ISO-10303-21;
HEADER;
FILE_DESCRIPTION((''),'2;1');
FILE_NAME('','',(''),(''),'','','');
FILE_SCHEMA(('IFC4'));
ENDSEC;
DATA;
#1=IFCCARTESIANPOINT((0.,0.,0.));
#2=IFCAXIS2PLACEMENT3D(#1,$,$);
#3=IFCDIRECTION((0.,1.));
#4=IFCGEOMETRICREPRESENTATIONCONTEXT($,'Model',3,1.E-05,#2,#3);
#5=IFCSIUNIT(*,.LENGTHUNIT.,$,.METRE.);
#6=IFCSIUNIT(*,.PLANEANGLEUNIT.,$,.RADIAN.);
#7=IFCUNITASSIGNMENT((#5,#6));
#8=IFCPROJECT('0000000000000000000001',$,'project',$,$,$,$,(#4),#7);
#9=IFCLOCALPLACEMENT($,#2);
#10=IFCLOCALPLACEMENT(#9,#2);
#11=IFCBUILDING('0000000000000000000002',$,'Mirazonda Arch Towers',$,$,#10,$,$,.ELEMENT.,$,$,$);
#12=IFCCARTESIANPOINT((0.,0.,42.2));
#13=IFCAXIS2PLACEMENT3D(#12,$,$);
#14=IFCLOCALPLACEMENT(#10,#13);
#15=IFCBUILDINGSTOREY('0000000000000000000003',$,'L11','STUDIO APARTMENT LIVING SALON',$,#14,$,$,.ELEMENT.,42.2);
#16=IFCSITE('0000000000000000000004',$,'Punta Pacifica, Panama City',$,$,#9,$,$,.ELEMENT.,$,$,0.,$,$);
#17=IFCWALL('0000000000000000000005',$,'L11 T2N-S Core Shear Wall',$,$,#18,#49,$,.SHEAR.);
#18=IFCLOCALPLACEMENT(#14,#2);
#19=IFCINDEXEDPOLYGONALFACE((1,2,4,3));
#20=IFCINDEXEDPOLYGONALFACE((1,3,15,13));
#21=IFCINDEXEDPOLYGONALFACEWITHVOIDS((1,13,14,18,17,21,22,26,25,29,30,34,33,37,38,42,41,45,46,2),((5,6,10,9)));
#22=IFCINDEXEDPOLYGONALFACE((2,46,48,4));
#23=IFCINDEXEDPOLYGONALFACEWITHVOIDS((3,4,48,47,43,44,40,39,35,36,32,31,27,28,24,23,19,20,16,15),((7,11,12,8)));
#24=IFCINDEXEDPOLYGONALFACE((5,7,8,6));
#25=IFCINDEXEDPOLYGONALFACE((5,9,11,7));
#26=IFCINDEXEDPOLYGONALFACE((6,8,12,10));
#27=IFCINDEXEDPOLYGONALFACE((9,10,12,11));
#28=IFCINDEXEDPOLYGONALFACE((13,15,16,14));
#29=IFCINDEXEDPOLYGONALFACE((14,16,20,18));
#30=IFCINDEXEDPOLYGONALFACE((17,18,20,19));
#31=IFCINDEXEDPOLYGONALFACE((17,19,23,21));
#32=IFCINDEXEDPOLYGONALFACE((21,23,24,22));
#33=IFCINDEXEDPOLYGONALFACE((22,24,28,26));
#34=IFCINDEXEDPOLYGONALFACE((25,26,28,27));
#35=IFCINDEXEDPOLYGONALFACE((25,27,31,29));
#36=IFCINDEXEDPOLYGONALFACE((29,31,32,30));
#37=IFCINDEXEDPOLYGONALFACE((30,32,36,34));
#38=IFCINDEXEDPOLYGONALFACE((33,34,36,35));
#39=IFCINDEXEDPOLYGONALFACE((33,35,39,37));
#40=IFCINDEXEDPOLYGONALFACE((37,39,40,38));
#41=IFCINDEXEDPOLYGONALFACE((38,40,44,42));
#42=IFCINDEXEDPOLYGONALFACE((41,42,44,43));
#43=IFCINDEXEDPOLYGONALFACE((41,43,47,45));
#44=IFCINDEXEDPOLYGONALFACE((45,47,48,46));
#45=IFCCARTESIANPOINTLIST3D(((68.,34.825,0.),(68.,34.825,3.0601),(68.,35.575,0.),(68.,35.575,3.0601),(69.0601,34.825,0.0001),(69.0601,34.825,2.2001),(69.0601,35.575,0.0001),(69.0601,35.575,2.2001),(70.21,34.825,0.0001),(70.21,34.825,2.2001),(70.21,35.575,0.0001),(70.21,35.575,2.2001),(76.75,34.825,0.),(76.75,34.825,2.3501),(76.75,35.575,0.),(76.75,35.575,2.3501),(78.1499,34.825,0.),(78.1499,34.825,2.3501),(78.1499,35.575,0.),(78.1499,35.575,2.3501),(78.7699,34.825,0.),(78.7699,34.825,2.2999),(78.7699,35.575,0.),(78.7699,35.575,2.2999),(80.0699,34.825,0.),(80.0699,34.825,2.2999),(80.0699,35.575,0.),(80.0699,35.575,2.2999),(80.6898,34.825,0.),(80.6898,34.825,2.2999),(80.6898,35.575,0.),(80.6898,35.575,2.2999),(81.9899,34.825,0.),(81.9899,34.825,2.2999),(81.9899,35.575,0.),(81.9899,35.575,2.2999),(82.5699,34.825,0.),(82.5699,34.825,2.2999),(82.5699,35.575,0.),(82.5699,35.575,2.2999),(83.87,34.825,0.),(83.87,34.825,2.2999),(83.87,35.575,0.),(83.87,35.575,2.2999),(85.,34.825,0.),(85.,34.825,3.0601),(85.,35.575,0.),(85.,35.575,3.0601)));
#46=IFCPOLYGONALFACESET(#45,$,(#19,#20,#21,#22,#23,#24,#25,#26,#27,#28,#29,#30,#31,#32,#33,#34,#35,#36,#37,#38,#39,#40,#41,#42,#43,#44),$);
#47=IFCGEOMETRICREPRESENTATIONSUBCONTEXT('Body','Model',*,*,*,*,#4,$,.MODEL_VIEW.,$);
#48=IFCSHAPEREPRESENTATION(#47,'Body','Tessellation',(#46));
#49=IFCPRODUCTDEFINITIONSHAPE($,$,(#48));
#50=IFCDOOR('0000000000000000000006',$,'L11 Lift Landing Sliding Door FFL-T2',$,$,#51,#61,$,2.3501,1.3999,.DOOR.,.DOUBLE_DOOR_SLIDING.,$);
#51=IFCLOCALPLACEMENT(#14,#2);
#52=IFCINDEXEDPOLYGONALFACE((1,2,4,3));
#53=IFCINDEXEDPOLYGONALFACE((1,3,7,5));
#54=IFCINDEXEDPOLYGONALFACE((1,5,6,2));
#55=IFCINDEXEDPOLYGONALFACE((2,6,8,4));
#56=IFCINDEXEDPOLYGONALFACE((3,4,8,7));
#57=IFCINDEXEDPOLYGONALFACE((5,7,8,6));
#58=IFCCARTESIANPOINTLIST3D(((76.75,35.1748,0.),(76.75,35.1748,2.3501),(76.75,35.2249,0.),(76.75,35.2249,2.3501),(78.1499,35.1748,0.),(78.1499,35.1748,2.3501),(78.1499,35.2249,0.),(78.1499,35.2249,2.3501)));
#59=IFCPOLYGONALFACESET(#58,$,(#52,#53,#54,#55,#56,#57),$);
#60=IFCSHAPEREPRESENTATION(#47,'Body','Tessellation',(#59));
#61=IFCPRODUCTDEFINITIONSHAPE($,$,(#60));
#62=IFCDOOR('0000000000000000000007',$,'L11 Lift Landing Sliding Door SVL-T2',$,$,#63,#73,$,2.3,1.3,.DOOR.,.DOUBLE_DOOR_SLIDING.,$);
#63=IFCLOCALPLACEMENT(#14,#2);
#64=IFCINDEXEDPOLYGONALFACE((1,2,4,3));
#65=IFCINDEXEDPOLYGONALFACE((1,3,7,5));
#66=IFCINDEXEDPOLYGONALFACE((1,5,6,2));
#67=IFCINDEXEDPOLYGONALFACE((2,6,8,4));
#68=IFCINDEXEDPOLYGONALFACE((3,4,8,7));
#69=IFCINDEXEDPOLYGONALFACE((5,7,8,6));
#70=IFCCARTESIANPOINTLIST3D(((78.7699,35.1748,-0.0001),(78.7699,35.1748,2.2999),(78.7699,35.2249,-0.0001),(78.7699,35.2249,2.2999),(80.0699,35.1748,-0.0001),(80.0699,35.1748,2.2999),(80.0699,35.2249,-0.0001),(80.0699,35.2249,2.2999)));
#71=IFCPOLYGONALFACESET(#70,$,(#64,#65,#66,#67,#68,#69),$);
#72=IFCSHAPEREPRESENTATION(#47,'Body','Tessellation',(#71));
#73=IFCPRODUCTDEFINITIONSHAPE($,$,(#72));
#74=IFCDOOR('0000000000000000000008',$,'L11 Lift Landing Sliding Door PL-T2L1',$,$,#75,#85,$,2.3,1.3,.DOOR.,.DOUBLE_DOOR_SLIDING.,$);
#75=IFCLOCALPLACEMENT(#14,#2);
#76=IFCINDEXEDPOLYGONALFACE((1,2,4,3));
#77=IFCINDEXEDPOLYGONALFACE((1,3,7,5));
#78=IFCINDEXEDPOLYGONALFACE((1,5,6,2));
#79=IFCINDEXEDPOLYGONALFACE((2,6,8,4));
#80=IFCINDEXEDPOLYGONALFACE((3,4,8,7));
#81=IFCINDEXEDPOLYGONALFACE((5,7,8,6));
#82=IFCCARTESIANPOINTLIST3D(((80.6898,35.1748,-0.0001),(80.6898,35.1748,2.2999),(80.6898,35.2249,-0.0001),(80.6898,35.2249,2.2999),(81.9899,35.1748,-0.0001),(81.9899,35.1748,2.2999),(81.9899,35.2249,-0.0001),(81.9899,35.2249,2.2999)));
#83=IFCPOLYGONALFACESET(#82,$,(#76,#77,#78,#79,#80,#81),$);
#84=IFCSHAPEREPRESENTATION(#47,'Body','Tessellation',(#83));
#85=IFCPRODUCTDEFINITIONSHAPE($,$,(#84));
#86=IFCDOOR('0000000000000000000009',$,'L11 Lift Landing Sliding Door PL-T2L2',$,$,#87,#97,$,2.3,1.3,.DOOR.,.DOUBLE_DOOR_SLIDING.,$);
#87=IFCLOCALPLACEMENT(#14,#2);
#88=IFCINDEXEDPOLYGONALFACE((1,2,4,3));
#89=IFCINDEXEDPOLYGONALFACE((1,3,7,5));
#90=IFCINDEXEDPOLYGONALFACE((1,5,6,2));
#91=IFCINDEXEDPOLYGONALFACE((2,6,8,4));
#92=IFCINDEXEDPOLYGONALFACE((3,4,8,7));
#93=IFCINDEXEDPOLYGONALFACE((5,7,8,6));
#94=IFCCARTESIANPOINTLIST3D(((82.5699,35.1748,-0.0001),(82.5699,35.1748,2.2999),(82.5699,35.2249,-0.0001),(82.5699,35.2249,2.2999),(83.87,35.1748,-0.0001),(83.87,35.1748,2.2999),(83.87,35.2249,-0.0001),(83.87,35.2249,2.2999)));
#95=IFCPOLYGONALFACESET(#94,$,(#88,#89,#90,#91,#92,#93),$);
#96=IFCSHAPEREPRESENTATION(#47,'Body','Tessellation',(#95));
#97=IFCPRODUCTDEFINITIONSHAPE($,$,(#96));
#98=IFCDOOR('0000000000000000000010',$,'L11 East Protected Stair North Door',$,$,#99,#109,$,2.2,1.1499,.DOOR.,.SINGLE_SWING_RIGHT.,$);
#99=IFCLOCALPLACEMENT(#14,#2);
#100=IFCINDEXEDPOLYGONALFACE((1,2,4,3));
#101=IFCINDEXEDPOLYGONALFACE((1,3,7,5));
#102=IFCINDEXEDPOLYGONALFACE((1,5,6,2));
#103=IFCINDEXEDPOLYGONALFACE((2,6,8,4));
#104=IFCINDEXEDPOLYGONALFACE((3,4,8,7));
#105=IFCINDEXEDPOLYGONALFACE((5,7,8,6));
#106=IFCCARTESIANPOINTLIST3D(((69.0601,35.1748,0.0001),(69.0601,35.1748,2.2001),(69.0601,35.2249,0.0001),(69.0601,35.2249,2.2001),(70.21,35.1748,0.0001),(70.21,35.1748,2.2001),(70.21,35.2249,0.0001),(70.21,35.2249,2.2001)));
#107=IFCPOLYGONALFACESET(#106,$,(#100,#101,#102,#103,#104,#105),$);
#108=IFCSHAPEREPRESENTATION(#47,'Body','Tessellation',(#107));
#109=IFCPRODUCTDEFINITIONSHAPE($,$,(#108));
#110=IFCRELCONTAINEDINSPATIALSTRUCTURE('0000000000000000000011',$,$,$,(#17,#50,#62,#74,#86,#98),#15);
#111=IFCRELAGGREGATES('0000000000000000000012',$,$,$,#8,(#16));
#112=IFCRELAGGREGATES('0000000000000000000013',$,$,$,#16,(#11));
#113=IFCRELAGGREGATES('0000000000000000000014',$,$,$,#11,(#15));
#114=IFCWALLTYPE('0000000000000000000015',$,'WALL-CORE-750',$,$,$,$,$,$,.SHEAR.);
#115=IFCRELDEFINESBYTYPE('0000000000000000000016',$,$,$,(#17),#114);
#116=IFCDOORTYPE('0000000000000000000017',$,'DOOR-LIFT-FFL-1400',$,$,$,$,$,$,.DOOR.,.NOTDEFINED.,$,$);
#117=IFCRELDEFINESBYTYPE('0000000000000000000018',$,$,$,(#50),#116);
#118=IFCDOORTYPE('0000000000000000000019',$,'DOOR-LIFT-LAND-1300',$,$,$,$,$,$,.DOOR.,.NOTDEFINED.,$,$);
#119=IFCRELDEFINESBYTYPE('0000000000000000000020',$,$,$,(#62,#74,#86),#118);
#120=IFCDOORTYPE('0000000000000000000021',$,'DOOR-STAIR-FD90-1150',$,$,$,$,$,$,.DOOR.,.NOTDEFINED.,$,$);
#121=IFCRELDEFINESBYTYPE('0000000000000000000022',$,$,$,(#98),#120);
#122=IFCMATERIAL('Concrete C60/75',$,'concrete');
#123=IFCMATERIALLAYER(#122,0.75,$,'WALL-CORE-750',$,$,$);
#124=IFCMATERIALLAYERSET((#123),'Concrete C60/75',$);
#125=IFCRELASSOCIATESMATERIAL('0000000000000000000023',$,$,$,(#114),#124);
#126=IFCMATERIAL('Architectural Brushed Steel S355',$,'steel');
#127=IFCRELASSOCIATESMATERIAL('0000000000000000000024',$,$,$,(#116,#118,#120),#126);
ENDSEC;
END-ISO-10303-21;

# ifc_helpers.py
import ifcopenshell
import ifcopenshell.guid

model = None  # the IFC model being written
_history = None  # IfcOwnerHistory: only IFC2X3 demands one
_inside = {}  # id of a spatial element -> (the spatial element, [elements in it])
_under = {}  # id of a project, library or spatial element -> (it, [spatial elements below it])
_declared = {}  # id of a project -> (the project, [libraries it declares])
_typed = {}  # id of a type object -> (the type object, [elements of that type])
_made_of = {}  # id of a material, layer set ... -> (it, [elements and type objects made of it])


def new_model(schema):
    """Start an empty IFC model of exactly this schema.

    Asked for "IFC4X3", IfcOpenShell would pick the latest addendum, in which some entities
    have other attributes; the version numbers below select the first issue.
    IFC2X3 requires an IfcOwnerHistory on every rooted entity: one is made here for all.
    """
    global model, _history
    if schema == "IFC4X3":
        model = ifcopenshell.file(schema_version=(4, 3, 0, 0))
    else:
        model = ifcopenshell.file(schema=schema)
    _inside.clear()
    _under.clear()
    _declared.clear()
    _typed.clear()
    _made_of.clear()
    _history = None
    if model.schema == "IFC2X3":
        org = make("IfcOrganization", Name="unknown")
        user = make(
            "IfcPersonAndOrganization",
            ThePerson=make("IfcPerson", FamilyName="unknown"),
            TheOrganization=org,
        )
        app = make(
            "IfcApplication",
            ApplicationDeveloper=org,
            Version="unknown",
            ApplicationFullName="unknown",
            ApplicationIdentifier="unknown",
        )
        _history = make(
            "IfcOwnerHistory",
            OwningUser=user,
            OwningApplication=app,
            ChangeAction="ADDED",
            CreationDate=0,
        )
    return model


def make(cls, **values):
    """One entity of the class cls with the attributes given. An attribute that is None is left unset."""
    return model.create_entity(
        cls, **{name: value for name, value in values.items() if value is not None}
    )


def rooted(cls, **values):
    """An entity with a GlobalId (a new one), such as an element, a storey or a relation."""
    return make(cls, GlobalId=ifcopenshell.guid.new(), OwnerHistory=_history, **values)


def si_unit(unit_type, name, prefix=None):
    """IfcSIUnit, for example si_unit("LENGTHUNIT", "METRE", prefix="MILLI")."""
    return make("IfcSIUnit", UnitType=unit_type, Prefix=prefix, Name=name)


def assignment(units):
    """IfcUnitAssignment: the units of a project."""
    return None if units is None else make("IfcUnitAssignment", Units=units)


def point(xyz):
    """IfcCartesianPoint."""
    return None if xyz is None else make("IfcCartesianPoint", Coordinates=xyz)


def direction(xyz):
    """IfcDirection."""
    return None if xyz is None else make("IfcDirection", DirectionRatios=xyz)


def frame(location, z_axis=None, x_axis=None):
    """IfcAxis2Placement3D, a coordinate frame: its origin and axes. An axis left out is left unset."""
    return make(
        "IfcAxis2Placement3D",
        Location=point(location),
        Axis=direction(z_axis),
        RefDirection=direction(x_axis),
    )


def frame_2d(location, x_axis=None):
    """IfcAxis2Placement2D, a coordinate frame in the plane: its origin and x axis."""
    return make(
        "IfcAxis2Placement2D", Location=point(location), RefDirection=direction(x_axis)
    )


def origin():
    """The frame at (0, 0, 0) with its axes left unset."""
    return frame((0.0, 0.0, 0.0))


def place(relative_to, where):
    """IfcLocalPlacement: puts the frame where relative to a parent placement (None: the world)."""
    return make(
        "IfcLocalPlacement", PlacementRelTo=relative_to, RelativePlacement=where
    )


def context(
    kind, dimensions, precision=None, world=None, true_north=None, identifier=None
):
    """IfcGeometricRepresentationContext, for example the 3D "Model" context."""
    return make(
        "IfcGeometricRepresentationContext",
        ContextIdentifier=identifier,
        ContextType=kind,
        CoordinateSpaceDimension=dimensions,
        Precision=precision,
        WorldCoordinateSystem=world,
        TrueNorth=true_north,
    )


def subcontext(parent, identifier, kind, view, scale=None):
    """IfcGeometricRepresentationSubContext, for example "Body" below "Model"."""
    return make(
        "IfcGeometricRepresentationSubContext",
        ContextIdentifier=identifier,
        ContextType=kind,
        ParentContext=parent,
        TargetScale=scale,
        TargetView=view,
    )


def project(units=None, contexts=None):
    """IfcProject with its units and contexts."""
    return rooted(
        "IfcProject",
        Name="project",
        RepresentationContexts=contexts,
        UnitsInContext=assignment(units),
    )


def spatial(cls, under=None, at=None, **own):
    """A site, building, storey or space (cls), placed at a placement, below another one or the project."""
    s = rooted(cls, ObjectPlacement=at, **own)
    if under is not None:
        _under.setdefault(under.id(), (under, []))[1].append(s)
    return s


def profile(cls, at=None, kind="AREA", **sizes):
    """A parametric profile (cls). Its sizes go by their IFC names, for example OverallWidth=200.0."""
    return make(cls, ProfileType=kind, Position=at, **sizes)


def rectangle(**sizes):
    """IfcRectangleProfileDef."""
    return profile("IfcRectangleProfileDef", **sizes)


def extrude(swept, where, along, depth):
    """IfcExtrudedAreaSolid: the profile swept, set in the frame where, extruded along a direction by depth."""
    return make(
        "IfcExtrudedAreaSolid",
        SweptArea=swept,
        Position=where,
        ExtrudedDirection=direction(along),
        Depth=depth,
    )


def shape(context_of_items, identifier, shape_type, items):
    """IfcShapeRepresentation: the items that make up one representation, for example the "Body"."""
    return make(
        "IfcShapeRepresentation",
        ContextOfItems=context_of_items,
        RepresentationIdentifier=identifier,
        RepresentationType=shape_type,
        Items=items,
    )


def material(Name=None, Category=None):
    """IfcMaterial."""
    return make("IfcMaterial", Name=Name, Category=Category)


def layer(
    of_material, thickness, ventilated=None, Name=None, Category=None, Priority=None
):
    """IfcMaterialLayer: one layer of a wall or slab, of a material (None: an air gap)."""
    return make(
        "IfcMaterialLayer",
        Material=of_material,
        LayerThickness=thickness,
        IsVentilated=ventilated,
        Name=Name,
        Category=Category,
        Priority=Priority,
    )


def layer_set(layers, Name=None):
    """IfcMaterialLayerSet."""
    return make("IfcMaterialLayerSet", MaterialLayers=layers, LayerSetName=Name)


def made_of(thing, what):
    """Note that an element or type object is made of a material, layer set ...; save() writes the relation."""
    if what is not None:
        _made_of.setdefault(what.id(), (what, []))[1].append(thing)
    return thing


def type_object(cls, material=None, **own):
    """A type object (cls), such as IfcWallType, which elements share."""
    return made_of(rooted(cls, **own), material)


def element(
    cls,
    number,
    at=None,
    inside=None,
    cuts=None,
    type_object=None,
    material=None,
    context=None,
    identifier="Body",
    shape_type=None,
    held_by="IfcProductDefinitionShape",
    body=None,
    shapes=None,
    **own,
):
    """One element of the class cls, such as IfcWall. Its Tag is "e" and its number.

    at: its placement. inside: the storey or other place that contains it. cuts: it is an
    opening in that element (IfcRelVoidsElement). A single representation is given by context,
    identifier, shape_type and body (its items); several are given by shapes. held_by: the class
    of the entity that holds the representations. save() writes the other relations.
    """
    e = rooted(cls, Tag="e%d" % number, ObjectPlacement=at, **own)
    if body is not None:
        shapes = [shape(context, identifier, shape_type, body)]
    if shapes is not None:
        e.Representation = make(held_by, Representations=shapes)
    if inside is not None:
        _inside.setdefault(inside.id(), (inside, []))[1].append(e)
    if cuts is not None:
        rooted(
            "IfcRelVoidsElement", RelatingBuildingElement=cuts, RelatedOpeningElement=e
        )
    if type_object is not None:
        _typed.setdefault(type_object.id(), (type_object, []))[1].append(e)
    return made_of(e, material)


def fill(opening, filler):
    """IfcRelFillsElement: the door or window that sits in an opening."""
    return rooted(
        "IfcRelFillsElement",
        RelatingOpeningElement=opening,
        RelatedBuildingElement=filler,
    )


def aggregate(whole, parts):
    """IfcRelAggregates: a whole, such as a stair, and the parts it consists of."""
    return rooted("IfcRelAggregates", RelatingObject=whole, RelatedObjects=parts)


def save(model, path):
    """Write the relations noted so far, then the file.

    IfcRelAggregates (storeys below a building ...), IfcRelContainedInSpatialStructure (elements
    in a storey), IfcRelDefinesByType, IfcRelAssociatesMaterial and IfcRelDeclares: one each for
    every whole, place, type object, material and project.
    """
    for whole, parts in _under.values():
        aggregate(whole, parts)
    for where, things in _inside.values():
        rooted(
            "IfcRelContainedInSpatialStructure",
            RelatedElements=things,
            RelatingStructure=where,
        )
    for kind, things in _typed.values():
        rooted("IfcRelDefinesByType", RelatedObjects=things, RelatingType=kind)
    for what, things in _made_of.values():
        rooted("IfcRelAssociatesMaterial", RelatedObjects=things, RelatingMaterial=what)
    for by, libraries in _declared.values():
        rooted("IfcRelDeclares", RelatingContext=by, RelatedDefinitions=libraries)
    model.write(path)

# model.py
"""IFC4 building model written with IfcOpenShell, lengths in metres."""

from ifc_helpers import new_model, si_unit, direction, frame, frame_2d, origin, place, context, subcontext, project, spatial, rectangle, extrude, material, layer, layer_set, type_object, element, fill, save


model = new_model("IFC4")

# Units and contexts
model_context = context("Model", 3, precision=1e-05, world=origin(), true_north=direction((0.0, 1.0)))
body_context = subcontext(model_context, "Body", "Model", "MODEL_VIEW")
ifc_project = project(units=[si_unit("LENGTHUNIT", "METRE"), si_unit("PLANEANGLEUNIT", "RADIAN")], contexts=[model_context])

# Site, building, storey
site_placement = place(None, origin())
site = spatial("IfcSite", under=ifc_project, at=site_placement, Name="Punta Pacifica, Panama City", CompositionType="ELEMENT", RefElevation=0.0)
building_placement = place(site_placement, origin())
building = spatial("IfcBuilding", under=site, at=building_placement, Name="Mirazonda Arch Towers", CompositionType="ELEMENT")
storey_placement = place(building_placement, frame((0.0, 0.0, 42.2)))
storey = spatial("IfcBuildingStorey", under=building, at=storey_placement, Name="L11", Description="STUDIO APARTMENT LIVING SALON", CompositionType="ELEMENT", Elevation=42.2)

# Shared definitions
ifc_material_1 = material(Name="Concrete C60/75", Category="concrete")

# Shared definitions
ifc_layer_1 = layer(ifc_material_1, 0.75, Name="WALL-CORE-750")
ifc_layer_set_1 = layer_set([ifc_layer_1], Name="Concrete C60/75")
wall_type_1 = type_object("IfcWallType", Name="WALL-CORE-750", PredefinedType="SHEAR", material=ifc_layer_set_1)

# Wall, openings, doors
wall_1_placement = place(storey_placement, frame((68.0, 35.2, 0.0), z_axis=(0.0, 0.0, 1.0), x_axis=(1.0, 0.0, 0.0)))
wall_1 = element("IfcWall", 1, at=wall_1_placement, inside=storey, type_object=wall_type_1, Name="L11 T2N-S Core Shear Wall", PredefinedType="SHEAR", context=body_context, shape_type="SweptSolid", body=[
    extrude(rectangle(XDim=17.0, YDim=0.75, at=frame_2d((8.5, 0.0))), origin(), (0.0, 0.0, 1.0), 3.0601),
])
opening_1_placement = place(wall_1_placement, frame((1.0601, 0.0, 0.0)))
opening_1 = element("IfcOpeningElement", 2, at=opening_1_placement, cuts=wall_1, PredefinedType="OPENING", context=body_context, shape_type="SweptSolid", body=[
    extrude(rectangle(XDim=1.1499, YDim=2.2, at=frame_2d((0.575, 1.1001))), frame((0.0, 0.385, 0.0), z_axis=(0.0, -1.0, 0.0), x_axis=(1.0, 0.0, 0.0)), (0.0, 0.0, 1.0), 0.77),
])
opening_2_placement = place(wall_1_placement, frame((8.75, 0.0, 0.0)))
opening_2 = element("IfcOpeningElement", 3, at=opening_2_placement, cuts=wall_1, PredefinedType="OPENING", context=body_context, shape_type="SweptSolid", body=[
    extrude(rectangle(XDim=1.3999, YDim=2.3501, at=frame_2d((0.7, 1.175))), frame((0.0, 0.385, 0.0), z_axis=(0.0, -1.0, 0.0), x_axis=(1.0, 0.0, 0.0)), (0.0, 0.0, 1.0), 0.77),
])
opening_3_placement = place(wall_1_placement, frame((10.77, 0.0, 0.0)))
opening_3 = element("IfcOpeningElement", 4, at=opening_3_placement, cuts=wall_1, PredefinedType="OPENING", context=body_context, shape_type="SweptSolid", body=[
    extrude(rectangle(XDim=1.3, YDim=2.3, at=frame_2d((0.6499, 1.1499))), frame((0.0, 0.385, 0.0), z_axis=(0.0, -1.0, 0.0), x_axis=(1.0, 0.0, 0.0)), (0.0, 0.0, 1.0), 0.77),
])
opening_4_placement = place(wall_1_placement, frame((12.6899, 0.0, 0.0)))
opening_4 = element("IfcOpeningElement", 5, at=opening_4_placement, cuts=wall_1, PredefinedType="OPENING", context=body_context, shape_type="SweptSolid", body=[
    extrude(rectangle(XDim=1.3, YDim=2.3, at=frame_2d((0.6499, 1.1499))), frame((0.0, 0.385, 0.0), z_axis=(0.0, -1.0, 0.0), x_axis=(1.0, 0.0, 0.0)), (0.0, 0.0, 1.0), 0.77),
])
opening_5_placement = place(wall_1_placement, frame((14.5701, 0.0, 0.0)))
opening_5 = element("IfcOpeningElement", 6, at=opening_5_placement, cuts=wall_1, PredefinedType="OPENING", context=body_context, shape_type="SweptSolid", body=[
    extrude(rectangle(XDim=1.3, YDim=2.3, at=frame_2d((0.6499, 1.1499))), frame((0.0, 0.385, 0.0), z_axis=(0.0, -1.0, 0.0), x_axis=(1.0, 0.0, 0.0)), (0.0, 0.0, 1.0), 0.77),
])
ifc_material_2 = material(Name="Architectural Brushed Steel S355", Category="steel")
door_type_1 = type_object("IfcDoorType", Name="DOOR-LIFT-FFL-1400", OperationType="NOTDEFINED", PredefinedType="DOOR", material=ifc_material_2)
door_1_placement = place(opening_2_placement, origin())
door_1 = element("IfcDoor", 7, at=door_1_placement, inside=storey, type_object=door_type_1, Name="L11 Lift Landing Sliding Door FFL-T2", OperationType="DOUBLE_DOOR_SLIDING", OverallHeight=2.3501, OverallWidth=1.3999, PredefinedType="DOOR", context=body_context, shape_type="SweptSolid", body=[
    extrude(rectangle(XDim=1.3999, YDim=2.3501, at=frame_2d((0.7, 1.175))), frame((0.0, 0.0249, 0.0), z_axis=(0.0, -1.0, 0.0), x_axis=(1.0, 0.0, 0.0)), (0.0, 0.0, 1.0), 0.05),
])
fill(opening_2, door_1)
door_type_2 = type_object("IfcDoorType", Name="DOOR-LIFT-LAND-1300", OperationType="NOTDEFINED", PredefinedType="DOOR", material=ifc_material_2)
door_2_placement = place(opening_3_placement, origin())
door_2 = element("IfcDoor", 8, at=door_2_placement, inside=storey, type_object=door_type_2, Name="L11 Lift Landing Sliding Door SVL-T2", OperationType="DOUBLE_DOOR_SLIDING", OverallHeight=2.3, OverallWidth=1.3, PredefinedType="DOOR", context=body_context, shape_type="SweptSolid", body=[
    extrude(rectangle(XDim=1.3, YDim=2.3, at=frame_2d((0.6499, 1.1499))), frame((0.0, 0.0249, 0.0), z_axis=(0.0, -1.0, 0.0), x_axis=(1.0, 0.0, 0.0)), (0.0, 0.0, 1.0), 0.05),
])
fill(opening_3, door_2)
door_3_placement = place(opening_4_placement, origin())
door_3 = element("IfcDoor", 9, at=door_3_placement, inside=storey, type_object=door_type_2, Name="L11 Lift Landing Sliding Door PL-T2L1", OperationType="DOUBLE_DOOR_SLIDING", OverallHeight=2.3, OverallWidth=1.3, PredefinedType="DOOR", context=body_context, shape_type="SweptSolid", body=[
    extrude(rectangle(XDim=1.3, YDim=2.3, at=frame_2d((0.6499, 1.1499))), frame((0.0, 0.0249, 0.0), z_axis=(0.0, -1.0, 0.0), x_axis=(1.0, 0.0, 0.0)), (0.0, 0.0, 1.0), 0.05),
])
fill(opening_4, door_3)
door_4_placement = place(opening_5_placement, origin())
door_4 = element("IfcDoor", 10, at=door_4_placement, inside=storey, type_object=door_type_2, Name="L11 Lift Landing Sliding Door PL-T2L2", OperationType="DOUBLE_DOOR_SLIDING", OverallHeight=2.3, OverallWidth=1.3, PredefinedType="DOOR", context=body_context, shape_type="SweptSolid", body=[
    extrude(rectangle(XDim=1.3, YDim=2.3, at=frame_2d((0.6499, 1.1499))), frame((0.0, 0.0249, 0.0), z_axis=(0.0, -1.0, 0.0), x_axis=(1.0, 0.0, 0.0)), (0.0, 0.0, 1.0), 0.05),
])
fill(opening_5, door_4)
door_type_3 = type_object("IfcDoorType", Name="DOOR-STAIR-FD90-1150", OperationType="NOTDEFINED", PredefinedType="DOOR", material=ifc_material_2)
door_5_placement = place(opening_1_placement, origin())
door_5 = element("IfcDoor", 11, at=door_5_placement, inside=storey, type_object=door_type_3, Name="L11 East Protected Stair North Door", OperationType="SINGLE_SWING_RIGHT", OverallHeight=2.2, OverallWidth=1.1499, PredefinedType="DOOR", context=body_context, shape_type="SweptSolid", body=[
    extrude(rectangle(XDim=1.1499, YDim=2.2, at=frame_2d((0.575, 1.1001))), frame((0.0, 0.0249, 0.0), z_axis=(0.0, -1.0, 0.0), x_axis=(1.0, 0.0, 0.0)), (0.0, 0.0, 1.0), 0.05),
])
fill(opening_1, door_5)

save(model, "model.ifc")
